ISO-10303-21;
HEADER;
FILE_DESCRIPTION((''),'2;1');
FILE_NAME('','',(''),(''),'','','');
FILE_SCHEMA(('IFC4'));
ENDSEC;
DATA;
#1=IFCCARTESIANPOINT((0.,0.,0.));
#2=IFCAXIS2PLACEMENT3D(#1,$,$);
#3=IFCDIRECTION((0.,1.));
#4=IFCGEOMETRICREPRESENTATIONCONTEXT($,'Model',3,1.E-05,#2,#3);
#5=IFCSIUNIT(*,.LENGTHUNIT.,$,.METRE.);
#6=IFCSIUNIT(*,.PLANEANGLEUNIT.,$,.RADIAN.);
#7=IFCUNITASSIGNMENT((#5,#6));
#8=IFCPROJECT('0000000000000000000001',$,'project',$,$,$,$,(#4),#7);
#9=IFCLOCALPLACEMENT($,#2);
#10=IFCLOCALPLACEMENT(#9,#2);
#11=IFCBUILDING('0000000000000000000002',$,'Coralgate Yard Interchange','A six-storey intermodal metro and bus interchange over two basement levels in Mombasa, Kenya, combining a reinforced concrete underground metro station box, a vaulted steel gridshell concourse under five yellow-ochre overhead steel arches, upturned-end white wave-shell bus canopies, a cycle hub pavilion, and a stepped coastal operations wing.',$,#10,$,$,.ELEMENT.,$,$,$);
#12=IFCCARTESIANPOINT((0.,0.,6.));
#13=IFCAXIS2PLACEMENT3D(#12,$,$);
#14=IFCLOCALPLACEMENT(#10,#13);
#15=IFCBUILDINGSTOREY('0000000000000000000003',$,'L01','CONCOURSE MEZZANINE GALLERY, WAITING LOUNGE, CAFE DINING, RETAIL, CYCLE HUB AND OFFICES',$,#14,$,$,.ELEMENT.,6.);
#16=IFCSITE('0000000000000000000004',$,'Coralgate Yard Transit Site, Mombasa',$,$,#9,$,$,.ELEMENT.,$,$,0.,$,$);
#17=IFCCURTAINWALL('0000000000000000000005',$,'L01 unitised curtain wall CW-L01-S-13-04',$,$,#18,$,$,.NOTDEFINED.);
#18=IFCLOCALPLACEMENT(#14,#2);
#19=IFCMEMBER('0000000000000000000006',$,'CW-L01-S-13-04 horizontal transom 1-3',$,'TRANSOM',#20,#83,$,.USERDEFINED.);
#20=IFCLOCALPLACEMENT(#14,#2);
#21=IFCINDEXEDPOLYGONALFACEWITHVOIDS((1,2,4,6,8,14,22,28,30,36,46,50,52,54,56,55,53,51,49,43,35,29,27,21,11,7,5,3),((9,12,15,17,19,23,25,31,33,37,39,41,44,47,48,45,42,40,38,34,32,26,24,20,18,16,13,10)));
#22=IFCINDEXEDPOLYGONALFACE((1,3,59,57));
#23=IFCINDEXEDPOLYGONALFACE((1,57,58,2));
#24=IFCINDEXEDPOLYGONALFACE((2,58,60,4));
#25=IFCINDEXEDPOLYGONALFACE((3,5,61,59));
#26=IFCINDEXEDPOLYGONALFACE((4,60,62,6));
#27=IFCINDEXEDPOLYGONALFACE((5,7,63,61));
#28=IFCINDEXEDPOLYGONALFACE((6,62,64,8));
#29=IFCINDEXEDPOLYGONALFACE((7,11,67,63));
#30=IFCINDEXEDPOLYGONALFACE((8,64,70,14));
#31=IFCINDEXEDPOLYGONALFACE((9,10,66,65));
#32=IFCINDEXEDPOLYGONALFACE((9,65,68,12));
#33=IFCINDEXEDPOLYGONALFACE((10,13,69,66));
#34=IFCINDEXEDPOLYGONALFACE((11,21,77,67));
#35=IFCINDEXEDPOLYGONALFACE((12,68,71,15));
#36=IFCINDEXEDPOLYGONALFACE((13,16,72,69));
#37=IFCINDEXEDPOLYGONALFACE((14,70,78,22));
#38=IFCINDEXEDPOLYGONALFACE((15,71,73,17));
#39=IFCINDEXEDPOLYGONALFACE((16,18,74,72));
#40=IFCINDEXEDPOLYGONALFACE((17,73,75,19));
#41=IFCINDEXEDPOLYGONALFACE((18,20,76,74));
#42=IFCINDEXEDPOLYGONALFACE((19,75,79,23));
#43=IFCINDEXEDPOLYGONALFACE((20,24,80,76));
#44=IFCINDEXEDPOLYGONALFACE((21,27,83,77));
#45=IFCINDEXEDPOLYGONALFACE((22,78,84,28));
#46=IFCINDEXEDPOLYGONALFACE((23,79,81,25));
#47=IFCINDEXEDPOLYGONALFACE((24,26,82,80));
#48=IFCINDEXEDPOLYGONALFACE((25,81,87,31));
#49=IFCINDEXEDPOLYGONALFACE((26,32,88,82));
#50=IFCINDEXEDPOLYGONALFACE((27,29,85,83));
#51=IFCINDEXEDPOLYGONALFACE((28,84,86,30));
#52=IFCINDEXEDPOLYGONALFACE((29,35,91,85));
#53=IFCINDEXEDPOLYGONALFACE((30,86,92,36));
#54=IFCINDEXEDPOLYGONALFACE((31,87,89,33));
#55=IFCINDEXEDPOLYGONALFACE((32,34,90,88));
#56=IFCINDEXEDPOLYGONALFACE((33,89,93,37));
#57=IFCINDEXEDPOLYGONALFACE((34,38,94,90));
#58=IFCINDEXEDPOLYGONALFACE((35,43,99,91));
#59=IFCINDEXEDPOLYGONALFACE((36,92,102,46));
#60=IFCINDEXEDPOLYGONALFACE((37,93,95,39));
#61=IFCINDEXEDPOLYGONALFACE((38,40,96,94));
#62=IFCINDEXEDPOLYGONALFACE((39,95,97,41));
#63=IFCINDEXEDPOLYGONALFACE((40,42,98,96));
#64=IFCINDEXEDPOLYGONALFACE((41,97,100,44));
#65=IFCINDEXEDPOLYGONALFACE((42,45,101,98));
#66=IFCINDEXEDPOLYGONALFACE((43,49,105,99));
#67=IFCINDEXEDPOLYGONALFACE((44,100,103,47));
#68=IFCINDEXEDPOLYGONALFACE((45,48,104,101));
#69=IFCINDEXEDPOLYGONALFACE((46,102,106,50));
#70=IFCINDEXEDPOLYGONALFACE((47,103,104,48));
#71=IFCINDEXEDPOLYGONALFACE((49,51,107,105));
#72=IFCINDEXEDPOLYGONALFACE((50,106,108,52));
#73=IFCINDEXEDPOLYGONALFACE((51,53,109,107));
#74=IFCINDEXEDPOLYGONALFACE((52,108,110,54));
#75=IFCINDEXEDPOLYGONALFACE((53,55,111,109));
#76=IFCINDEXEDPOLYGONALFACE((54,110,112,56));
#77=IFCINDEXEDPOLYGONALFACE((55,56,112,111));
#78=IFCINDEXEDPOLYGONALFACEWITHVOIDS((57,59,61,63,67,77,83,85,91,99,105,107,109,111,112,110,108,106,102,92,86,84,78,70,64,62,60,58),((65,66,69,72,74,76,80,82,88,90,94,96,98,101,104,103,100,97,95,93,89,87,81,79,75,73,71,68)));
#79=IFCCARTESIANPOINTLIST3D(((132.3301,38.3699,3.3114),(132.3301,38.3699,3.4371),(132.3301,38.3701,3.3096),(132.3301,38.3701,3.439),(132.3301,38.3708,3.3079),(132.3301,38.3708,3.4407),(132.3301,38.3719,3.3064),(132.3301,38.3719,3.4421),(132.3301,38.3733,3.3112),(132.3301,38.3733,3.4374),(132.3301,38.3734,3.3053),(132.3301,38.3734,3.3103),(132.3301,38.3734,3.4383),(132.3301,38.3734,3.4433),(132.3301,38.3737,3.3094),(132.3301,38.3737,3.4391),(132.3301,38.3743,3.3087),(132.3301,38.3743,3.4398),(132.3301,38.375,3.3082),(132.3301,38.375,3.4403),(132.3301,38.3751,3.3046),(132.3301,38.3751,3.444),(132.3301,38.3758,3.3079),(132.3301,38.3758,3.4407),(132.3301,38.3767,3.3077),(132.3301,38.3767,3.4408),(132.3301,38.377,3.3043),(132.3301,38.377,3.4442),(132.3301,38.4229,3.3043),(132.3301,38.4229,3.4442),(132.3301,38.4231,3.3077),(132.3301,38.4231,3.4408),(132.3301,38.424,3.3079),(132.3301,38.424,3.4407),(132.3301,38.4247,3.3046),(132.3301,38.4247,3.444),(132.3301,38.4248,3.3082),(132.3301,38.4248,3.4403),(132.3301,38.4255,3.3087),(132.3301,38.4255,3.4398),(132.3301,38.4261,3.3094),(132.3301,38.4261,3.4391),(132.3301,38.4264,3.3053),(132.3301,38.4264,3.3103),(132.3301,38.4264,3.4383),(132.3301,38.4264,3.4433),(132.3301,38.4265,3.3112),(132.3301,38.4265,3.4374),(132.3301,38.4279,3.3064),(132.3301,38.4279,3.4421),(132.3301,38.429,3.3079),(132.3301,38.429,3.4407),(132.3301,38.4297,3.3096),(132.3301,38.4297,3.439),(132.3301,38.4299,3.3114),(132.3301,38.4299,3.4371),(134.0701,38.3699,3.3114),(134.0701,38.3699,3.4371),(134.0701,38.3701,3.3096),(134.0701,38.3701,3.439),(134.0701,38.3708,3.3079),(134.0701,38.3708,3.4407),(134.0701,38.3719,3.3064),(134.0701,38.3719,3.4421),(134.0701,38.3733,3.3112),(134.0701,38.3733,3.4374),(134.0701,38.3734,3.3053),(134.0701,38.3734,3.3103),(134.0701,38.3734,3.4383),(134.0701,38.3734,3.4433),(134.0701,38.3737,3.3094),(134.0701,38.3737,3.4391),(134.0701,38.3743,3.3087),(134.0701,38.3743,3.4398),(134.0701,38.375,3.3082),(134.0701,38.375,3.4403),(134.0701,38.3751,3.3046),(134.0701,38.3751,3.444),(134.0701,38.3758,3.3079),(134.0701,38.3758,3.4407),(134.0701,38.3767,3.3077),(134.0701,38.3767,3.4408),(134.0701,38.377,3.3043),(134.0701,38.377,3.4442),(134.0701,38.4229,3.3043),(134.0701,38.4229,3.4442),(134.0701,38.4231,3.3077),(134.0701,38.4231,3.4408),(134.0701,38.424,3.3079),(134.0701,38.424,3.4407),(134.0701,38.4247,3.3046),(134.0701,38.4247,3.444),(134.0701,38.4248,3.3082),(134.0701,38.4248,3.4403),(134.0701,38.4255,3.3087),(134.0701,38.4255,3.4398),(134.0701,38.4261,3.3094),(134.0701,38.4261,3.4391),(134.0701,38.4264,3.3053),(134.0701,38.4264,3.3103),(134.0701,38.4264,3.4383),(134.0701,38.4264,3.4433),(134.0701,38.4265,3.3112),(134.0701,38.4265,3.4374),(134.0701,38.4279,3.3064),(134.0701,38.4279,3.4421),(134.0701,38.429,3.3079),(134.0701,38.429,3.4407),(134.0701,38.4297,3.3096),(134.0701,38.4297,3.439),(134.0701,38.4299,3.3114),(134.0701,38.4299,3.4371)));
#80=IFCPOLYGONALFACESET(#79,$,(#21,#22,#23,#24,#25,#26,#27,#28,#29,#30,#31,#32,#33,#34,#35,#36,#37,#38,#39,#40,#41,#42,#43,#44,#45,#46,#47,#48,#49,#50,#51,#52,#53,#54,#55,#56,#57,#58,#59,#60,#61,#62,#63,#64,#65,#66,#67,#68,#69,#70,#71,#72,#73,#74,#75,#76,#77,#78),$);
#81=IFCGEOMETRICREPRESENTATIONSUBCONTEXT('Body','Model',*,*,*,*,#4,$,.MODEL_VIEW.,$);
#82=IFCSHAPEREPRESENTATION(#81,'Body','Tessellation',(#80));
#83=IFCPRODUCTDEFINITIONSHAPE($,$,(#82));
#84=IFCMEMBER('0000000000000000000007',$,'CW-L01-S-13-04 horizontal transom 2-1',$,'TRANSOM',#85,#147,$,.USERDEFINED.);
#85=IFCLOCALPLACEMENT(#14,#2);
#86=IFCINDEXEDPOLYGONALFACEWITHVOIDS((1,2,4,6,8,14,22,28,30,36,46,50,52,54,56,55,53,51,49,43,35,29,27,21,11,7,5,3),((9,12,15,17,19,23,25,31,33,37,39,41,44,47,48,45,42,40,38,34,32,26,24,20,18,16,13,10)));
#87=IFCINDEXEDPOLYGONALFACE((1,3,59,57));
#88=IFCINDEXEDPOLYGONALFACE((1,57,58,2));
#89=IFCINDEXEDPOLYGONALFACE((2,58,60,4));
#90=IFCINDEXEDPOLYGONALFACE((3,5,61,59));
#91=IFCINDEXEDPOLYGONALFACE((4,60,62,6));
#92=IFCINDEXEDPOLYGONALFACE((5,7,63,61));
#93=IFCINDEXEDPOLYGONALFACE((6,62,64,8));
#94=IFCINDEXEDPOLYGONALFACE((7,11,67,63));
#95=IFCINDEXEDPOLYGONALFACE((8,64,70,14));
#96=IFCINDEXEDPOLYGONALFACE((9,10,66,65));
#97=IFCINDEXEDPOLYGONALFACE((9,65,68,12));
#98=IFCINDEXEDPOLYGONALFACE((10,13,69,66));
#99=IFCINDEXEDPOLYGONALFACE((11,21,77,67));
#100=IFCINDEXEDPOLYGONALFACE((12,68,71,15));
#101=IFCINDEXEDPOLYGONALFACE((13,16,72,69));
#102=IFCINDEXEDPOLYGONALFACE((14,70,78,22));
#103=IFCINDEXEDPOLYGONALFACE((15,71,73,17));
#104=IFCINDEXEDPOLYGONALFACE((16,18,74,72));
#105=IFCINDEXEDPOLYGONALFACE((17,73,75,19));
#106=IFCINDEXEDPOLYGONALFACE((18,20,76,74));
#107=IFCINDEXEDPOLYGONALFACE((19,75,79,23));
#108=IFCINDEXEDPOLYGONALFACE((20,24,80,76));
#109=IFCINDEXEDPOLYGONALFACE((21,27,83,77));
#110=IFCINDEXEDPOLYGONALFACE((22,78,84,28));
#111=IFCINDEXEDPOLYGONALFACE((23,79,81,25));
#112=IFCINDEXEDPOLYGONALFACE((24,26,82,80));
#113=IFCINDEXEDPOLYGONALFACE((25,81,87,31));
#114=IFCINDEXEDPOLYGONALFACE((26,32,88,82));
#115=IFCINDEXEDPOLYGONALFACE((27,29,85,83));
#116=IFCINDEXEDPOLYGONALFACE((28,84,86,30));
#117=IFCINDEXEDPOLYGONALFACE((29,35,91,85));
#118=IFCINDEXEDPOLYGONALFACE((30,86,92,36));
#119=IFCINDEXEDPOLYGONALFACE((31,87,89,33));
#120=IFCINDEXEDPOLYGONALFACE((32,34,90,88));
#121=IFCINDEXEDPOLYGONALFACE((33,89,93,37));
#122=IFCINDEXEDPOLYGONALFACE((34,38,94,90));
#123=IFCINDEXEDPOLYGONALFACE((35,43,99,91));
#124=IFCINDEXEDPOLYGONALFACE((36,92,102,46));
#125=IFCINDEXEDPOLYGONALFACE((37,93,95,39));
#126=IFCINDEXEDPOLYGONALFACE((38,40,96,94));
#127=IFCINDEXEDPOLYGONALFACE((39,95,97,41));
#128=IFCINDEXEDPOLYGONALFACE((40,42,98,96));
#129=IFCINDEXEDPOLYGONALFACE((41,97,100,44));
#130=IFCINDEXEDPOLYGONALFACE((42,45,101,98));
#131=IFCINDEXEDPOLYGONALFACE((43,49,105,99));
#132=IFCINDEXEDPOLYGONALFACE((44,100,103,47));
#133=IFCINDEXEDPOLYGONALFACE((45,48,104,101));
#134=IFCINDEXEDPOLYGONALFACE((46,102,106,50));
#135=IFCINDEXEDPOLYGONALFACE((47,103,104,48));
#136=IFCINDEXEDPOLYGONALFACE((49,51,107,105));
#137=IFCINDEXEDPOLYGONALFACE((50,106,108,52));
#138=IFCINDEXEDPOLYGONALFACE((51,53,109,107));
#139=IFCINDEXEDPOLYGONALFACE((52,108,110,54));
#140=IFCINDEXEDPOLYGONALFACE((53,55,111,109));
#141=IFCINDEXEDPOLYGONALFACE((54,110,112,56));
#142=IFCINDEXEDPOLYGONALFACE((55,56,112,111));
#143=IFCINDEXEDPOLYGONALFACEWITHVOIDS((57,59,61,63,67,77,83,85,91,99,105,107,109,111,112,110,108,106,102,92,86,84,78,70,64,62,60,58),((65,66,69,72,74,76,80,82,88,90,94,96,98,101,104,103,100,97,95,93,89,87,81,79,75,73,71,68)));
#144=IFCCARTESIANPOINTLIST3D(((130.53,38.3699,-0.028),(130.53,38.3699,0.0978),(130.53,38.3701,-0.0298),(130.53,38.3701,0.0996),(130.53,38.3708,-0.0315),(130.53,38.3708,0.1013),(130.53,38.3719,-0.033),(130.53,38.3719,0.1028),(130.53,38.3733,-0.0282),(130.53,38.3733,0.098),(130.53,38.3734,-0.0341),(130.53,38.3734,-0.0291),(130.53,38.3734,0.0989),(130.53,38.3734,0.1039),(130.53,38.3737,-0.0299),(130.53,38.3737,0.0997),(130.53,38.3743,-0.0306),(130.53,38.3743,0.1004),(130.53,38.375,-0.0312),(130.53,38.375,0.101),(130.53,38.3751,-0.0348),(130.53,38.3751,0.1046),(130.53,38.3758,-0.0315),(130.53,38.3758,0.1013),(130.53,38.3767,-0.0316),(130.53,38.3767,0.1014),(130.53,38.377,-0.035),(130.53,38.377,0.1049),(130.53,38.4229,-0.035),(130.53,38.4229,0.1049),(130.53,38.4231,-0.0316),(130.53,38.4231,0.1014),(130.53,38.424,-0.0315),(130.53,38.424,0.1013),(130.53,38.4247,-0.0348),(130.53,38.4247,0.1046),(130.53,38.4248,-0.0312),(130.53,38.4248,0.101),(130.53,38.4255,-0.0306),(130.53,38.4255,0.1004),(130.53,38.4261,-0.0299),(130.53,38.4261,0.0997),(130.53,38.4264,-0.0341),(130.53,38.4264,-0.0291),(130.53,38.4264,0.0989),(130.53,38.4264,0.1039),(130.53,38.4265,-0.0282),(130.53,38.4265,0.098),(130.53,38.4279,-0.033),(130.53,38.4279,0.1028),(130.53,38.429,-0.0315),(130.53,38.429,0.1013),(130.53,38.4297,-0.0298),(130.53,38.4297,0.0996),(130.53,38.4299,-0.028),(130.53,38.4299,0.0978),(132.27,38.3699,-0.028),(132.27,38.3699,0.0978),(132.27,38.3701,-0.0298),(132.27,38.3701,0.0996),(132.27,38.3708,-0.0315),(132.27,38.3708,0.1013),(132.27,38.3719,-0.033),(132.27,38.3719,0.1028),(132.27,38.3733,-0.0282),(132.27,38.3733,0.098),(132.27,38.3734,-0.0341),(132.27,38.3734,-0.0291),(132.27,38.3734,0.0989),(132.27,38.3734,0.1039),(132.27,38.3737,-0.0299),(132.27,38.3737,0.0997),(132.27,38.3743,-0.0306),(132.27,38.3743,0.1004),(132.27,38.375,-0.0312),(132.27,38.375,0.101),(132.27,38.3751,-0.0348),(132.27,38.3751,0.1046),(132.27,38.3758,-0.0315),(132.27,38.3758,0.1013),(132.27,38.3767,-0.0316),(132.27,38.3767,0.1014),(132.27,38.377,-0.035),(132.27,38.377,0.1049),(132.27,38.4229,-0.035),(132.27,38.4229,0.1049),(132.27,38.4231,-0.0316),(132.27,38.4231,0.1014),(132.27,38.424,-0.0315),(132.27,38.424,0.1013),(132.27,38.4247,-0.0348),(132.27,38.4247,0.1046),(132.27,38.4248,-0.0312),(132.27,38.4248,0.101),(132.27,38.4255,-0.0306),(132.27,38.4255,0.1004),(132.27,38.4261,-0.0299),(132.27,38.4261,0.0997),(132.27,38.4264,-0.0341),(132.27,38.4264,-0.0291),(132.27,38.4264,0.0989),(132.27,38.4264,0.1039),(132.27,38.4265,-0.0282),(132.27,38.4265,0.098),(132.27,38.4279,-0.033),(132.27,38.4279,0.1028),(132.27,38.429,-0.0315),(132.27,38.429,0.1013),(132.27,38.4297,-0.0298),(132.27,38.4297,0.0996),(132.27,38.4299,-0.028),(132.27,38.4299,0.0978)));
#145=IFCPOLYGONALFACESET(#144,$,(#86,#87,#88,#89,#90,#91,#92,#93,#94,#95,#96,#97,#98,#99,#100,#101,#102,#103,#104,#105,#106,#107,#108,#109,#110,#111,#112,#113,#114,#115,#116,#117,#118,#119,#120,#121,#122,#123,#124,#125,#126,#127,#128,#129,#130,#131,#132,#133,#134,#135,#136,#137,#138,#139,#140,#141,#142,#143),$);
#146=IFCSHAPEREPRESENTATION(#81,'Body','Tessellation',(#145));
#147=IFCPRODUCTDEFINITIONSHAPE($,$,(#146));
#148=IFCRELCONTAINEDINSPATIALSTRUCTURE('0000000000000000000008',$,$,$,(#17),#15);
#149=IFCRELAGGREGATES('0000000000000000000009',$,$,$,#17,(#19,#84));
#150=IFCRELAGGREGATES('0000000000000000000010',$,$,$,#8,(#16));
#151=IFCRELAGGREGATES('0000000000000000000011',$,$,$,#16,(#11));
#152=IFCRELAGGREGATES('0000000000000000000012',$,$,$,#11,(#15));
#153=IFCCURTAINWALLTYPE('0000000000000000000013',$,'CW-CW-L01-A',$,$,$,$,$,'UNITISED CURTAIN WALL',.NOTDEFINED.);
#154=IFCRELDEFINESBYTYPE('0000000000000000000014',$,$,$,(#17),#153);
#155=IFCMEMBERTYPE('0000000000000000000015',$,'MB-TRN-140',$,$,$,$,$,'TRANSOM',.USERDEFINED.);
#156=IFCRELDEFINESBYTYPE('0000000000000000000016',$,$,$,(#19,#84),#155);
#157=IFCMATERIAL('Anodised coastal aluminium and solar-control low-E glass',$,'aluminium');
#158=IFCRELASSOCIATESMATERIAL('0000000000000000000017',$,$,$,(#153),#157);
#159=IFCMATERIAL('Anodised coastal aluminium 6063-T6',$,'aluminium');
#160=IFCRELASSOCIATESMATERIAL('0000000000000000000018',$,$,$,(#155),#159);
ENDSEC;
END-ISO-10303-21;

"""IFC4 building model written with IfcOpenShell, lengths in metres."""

from ifc_helpers import new_model, si_unit, direction, frame, origin, origin_2d, place, context, subcontext, project, spatial, hollow_rectangle, extrude, material, material_profile, profile_set, type_object, element, aggregate, save


model = new_model("IFC4")

# Units and contexts
model_context = context("Model", 3, precision=1e-05, world=origin(), true_north=direction((0.0, 1.0)))
body_context = subcontext(model_context, "Body", "Model", "MODEL_VIEW")
ifc_project = project(units=[si_unit("LENGTHUNIT", "METRE"), si_unit("PLANEANGLEUNIT", "RADIAN")], contexts=[model_context])

# Site, building, storey
site_placement = place(None, origin())
site = spatial("IfcSite", under=ifc_project, at=site_placement, Name="Coralgate Yard Transit Site, Mombasa", CompositionType="ELEMENT", RefElevation=0.0)
building_placement = place(site_placement, origin())
building = spatial("IfcBuilding", under=site, at=building_placement, Name="Coralgate Yard Interchange", Description="A six-storey intermodal metro and bus interchange over two basement levels in Mombasa, Kenya, combining a reinforced concrete underground metro station box, a vaulted steel gridshell concourse under five yellow-ochre overhead steel arches, upturned-end white wave-shell bus canopies, a cycle hub pavilion, and a stepped coastal operations wing.", CompositionType="ELEMENT")
storey_placement = place(building_placement, frame((0.0, 0.0, 6.0)))
storey = spatial("IfcBuildingStorey", under=building, at=storey_placement, Name="L01", Description="CONCOURSE MEZZANINE GALLERY, WAITING LOUNGE, CAFE DINING, RETAIL, CYCLE HUB AND OFFICES", CompositionType="ELEMENT", Elevation=6.0)

# Curtain wall
ifc_material_1 = material(Name="Anodised coastal aluminium and solar-control low-E glass", Category="aluminium")
curtain_wall_type_1 = type_object("IfcCurtainWallType", Name="CW-CW-L01-A", ElementType="UNITISED CURTAIN WALL", PredefinedType="NOTDEFINED", material=ifc_material_1)
curtain_wall_1_placement = place(storey_placement, origin())
curtain_wall_1 = element("IfcCurtainWall", 1, at=curtain_wall_1_placement, inside=storey, type_object=curtain_wall_type_1, Name="L01 unitised curtain wall CW-L01-S-13-04", PredefinedType="NOTDEFINED")
ifc_material_2 = material(Name="Anodised coastal aluminium 6063-T6", Category="aluminium")

# Members
ifc_material_profile_1 = material_profile(ifc_material_2, hollow_rectangle(XDim=0.0601, YDim=0.1399, WallThickness=0.0034, InnerFilletRadius=0.0034, OuterFilletRadius=0.0071, at=origin_2d()), Name="ALU 60x140x3.5")
ifc_profile_set_1 = profile_set([ifc_material_profile_1], Name="Anodised coastal aluminium 6063-T6")
member_type_1 = type_object("IfcMemberType", Name="MB-TRN-140", ElementType="TRANSOM", PredefinedType="USERDEFINED", material=ifc_profile_set_1)
member_1_placement = place(storey_placement, frame((134.0701, 38.3999, 3.3743), z_axis=(-1.0, 0.0, 0.0), x_axis=(0.0, -1.0, 0.0)))
member_1 = element("IfcMember", 2, at=member_1_placement, type_object=member_type_1, Name="CW-L01-S-13-04 horizontal transom 1-3", ObjectType="TRANSOM", PredefinedType="USERDEFINED", context=body_context, shape_type="SweptSolid", body=[
    extrude(hollow_rectangle(XDim=0.0601, YDim=0.1399, WallThickness=0.0034, InnerFilletRadius=0.0034, OuterFilletRadius=0.0071, at=origin_2d()), origin(), (0.0, 0.0, 1.0), 1.74),
])
member_2_placement = place(storey_placement, frame((132.27, 38.3999, 0.0349), z_axis=(-1.0, 0.0, 0.0), x_axis=(0.0, -1.0, 0.0)))
member_2 = element("IfcMember", 3, at=member_2_placement, type_object=member_type_1, Name="CW-L01-S-13-04 horizontal transom 2-1", ObjectType="TRANSOM", PredefinedType="USERDEFINED", context=body_context, shape_type="SweptSolid", body=[
    extrude(hollow_rectangle(XDim=0.0601, YDim=0.1399, WallThickness=0.0034, InnerFilletRadius=0.0034, OuterFilletRadius=0.0071, at=origin_2d()), origin(), (0.0, 0.0, 1.0), 1.74),
])

aggregate(curtain_wall_1, [member_1, member_2])

save(model, "model.ifc")
